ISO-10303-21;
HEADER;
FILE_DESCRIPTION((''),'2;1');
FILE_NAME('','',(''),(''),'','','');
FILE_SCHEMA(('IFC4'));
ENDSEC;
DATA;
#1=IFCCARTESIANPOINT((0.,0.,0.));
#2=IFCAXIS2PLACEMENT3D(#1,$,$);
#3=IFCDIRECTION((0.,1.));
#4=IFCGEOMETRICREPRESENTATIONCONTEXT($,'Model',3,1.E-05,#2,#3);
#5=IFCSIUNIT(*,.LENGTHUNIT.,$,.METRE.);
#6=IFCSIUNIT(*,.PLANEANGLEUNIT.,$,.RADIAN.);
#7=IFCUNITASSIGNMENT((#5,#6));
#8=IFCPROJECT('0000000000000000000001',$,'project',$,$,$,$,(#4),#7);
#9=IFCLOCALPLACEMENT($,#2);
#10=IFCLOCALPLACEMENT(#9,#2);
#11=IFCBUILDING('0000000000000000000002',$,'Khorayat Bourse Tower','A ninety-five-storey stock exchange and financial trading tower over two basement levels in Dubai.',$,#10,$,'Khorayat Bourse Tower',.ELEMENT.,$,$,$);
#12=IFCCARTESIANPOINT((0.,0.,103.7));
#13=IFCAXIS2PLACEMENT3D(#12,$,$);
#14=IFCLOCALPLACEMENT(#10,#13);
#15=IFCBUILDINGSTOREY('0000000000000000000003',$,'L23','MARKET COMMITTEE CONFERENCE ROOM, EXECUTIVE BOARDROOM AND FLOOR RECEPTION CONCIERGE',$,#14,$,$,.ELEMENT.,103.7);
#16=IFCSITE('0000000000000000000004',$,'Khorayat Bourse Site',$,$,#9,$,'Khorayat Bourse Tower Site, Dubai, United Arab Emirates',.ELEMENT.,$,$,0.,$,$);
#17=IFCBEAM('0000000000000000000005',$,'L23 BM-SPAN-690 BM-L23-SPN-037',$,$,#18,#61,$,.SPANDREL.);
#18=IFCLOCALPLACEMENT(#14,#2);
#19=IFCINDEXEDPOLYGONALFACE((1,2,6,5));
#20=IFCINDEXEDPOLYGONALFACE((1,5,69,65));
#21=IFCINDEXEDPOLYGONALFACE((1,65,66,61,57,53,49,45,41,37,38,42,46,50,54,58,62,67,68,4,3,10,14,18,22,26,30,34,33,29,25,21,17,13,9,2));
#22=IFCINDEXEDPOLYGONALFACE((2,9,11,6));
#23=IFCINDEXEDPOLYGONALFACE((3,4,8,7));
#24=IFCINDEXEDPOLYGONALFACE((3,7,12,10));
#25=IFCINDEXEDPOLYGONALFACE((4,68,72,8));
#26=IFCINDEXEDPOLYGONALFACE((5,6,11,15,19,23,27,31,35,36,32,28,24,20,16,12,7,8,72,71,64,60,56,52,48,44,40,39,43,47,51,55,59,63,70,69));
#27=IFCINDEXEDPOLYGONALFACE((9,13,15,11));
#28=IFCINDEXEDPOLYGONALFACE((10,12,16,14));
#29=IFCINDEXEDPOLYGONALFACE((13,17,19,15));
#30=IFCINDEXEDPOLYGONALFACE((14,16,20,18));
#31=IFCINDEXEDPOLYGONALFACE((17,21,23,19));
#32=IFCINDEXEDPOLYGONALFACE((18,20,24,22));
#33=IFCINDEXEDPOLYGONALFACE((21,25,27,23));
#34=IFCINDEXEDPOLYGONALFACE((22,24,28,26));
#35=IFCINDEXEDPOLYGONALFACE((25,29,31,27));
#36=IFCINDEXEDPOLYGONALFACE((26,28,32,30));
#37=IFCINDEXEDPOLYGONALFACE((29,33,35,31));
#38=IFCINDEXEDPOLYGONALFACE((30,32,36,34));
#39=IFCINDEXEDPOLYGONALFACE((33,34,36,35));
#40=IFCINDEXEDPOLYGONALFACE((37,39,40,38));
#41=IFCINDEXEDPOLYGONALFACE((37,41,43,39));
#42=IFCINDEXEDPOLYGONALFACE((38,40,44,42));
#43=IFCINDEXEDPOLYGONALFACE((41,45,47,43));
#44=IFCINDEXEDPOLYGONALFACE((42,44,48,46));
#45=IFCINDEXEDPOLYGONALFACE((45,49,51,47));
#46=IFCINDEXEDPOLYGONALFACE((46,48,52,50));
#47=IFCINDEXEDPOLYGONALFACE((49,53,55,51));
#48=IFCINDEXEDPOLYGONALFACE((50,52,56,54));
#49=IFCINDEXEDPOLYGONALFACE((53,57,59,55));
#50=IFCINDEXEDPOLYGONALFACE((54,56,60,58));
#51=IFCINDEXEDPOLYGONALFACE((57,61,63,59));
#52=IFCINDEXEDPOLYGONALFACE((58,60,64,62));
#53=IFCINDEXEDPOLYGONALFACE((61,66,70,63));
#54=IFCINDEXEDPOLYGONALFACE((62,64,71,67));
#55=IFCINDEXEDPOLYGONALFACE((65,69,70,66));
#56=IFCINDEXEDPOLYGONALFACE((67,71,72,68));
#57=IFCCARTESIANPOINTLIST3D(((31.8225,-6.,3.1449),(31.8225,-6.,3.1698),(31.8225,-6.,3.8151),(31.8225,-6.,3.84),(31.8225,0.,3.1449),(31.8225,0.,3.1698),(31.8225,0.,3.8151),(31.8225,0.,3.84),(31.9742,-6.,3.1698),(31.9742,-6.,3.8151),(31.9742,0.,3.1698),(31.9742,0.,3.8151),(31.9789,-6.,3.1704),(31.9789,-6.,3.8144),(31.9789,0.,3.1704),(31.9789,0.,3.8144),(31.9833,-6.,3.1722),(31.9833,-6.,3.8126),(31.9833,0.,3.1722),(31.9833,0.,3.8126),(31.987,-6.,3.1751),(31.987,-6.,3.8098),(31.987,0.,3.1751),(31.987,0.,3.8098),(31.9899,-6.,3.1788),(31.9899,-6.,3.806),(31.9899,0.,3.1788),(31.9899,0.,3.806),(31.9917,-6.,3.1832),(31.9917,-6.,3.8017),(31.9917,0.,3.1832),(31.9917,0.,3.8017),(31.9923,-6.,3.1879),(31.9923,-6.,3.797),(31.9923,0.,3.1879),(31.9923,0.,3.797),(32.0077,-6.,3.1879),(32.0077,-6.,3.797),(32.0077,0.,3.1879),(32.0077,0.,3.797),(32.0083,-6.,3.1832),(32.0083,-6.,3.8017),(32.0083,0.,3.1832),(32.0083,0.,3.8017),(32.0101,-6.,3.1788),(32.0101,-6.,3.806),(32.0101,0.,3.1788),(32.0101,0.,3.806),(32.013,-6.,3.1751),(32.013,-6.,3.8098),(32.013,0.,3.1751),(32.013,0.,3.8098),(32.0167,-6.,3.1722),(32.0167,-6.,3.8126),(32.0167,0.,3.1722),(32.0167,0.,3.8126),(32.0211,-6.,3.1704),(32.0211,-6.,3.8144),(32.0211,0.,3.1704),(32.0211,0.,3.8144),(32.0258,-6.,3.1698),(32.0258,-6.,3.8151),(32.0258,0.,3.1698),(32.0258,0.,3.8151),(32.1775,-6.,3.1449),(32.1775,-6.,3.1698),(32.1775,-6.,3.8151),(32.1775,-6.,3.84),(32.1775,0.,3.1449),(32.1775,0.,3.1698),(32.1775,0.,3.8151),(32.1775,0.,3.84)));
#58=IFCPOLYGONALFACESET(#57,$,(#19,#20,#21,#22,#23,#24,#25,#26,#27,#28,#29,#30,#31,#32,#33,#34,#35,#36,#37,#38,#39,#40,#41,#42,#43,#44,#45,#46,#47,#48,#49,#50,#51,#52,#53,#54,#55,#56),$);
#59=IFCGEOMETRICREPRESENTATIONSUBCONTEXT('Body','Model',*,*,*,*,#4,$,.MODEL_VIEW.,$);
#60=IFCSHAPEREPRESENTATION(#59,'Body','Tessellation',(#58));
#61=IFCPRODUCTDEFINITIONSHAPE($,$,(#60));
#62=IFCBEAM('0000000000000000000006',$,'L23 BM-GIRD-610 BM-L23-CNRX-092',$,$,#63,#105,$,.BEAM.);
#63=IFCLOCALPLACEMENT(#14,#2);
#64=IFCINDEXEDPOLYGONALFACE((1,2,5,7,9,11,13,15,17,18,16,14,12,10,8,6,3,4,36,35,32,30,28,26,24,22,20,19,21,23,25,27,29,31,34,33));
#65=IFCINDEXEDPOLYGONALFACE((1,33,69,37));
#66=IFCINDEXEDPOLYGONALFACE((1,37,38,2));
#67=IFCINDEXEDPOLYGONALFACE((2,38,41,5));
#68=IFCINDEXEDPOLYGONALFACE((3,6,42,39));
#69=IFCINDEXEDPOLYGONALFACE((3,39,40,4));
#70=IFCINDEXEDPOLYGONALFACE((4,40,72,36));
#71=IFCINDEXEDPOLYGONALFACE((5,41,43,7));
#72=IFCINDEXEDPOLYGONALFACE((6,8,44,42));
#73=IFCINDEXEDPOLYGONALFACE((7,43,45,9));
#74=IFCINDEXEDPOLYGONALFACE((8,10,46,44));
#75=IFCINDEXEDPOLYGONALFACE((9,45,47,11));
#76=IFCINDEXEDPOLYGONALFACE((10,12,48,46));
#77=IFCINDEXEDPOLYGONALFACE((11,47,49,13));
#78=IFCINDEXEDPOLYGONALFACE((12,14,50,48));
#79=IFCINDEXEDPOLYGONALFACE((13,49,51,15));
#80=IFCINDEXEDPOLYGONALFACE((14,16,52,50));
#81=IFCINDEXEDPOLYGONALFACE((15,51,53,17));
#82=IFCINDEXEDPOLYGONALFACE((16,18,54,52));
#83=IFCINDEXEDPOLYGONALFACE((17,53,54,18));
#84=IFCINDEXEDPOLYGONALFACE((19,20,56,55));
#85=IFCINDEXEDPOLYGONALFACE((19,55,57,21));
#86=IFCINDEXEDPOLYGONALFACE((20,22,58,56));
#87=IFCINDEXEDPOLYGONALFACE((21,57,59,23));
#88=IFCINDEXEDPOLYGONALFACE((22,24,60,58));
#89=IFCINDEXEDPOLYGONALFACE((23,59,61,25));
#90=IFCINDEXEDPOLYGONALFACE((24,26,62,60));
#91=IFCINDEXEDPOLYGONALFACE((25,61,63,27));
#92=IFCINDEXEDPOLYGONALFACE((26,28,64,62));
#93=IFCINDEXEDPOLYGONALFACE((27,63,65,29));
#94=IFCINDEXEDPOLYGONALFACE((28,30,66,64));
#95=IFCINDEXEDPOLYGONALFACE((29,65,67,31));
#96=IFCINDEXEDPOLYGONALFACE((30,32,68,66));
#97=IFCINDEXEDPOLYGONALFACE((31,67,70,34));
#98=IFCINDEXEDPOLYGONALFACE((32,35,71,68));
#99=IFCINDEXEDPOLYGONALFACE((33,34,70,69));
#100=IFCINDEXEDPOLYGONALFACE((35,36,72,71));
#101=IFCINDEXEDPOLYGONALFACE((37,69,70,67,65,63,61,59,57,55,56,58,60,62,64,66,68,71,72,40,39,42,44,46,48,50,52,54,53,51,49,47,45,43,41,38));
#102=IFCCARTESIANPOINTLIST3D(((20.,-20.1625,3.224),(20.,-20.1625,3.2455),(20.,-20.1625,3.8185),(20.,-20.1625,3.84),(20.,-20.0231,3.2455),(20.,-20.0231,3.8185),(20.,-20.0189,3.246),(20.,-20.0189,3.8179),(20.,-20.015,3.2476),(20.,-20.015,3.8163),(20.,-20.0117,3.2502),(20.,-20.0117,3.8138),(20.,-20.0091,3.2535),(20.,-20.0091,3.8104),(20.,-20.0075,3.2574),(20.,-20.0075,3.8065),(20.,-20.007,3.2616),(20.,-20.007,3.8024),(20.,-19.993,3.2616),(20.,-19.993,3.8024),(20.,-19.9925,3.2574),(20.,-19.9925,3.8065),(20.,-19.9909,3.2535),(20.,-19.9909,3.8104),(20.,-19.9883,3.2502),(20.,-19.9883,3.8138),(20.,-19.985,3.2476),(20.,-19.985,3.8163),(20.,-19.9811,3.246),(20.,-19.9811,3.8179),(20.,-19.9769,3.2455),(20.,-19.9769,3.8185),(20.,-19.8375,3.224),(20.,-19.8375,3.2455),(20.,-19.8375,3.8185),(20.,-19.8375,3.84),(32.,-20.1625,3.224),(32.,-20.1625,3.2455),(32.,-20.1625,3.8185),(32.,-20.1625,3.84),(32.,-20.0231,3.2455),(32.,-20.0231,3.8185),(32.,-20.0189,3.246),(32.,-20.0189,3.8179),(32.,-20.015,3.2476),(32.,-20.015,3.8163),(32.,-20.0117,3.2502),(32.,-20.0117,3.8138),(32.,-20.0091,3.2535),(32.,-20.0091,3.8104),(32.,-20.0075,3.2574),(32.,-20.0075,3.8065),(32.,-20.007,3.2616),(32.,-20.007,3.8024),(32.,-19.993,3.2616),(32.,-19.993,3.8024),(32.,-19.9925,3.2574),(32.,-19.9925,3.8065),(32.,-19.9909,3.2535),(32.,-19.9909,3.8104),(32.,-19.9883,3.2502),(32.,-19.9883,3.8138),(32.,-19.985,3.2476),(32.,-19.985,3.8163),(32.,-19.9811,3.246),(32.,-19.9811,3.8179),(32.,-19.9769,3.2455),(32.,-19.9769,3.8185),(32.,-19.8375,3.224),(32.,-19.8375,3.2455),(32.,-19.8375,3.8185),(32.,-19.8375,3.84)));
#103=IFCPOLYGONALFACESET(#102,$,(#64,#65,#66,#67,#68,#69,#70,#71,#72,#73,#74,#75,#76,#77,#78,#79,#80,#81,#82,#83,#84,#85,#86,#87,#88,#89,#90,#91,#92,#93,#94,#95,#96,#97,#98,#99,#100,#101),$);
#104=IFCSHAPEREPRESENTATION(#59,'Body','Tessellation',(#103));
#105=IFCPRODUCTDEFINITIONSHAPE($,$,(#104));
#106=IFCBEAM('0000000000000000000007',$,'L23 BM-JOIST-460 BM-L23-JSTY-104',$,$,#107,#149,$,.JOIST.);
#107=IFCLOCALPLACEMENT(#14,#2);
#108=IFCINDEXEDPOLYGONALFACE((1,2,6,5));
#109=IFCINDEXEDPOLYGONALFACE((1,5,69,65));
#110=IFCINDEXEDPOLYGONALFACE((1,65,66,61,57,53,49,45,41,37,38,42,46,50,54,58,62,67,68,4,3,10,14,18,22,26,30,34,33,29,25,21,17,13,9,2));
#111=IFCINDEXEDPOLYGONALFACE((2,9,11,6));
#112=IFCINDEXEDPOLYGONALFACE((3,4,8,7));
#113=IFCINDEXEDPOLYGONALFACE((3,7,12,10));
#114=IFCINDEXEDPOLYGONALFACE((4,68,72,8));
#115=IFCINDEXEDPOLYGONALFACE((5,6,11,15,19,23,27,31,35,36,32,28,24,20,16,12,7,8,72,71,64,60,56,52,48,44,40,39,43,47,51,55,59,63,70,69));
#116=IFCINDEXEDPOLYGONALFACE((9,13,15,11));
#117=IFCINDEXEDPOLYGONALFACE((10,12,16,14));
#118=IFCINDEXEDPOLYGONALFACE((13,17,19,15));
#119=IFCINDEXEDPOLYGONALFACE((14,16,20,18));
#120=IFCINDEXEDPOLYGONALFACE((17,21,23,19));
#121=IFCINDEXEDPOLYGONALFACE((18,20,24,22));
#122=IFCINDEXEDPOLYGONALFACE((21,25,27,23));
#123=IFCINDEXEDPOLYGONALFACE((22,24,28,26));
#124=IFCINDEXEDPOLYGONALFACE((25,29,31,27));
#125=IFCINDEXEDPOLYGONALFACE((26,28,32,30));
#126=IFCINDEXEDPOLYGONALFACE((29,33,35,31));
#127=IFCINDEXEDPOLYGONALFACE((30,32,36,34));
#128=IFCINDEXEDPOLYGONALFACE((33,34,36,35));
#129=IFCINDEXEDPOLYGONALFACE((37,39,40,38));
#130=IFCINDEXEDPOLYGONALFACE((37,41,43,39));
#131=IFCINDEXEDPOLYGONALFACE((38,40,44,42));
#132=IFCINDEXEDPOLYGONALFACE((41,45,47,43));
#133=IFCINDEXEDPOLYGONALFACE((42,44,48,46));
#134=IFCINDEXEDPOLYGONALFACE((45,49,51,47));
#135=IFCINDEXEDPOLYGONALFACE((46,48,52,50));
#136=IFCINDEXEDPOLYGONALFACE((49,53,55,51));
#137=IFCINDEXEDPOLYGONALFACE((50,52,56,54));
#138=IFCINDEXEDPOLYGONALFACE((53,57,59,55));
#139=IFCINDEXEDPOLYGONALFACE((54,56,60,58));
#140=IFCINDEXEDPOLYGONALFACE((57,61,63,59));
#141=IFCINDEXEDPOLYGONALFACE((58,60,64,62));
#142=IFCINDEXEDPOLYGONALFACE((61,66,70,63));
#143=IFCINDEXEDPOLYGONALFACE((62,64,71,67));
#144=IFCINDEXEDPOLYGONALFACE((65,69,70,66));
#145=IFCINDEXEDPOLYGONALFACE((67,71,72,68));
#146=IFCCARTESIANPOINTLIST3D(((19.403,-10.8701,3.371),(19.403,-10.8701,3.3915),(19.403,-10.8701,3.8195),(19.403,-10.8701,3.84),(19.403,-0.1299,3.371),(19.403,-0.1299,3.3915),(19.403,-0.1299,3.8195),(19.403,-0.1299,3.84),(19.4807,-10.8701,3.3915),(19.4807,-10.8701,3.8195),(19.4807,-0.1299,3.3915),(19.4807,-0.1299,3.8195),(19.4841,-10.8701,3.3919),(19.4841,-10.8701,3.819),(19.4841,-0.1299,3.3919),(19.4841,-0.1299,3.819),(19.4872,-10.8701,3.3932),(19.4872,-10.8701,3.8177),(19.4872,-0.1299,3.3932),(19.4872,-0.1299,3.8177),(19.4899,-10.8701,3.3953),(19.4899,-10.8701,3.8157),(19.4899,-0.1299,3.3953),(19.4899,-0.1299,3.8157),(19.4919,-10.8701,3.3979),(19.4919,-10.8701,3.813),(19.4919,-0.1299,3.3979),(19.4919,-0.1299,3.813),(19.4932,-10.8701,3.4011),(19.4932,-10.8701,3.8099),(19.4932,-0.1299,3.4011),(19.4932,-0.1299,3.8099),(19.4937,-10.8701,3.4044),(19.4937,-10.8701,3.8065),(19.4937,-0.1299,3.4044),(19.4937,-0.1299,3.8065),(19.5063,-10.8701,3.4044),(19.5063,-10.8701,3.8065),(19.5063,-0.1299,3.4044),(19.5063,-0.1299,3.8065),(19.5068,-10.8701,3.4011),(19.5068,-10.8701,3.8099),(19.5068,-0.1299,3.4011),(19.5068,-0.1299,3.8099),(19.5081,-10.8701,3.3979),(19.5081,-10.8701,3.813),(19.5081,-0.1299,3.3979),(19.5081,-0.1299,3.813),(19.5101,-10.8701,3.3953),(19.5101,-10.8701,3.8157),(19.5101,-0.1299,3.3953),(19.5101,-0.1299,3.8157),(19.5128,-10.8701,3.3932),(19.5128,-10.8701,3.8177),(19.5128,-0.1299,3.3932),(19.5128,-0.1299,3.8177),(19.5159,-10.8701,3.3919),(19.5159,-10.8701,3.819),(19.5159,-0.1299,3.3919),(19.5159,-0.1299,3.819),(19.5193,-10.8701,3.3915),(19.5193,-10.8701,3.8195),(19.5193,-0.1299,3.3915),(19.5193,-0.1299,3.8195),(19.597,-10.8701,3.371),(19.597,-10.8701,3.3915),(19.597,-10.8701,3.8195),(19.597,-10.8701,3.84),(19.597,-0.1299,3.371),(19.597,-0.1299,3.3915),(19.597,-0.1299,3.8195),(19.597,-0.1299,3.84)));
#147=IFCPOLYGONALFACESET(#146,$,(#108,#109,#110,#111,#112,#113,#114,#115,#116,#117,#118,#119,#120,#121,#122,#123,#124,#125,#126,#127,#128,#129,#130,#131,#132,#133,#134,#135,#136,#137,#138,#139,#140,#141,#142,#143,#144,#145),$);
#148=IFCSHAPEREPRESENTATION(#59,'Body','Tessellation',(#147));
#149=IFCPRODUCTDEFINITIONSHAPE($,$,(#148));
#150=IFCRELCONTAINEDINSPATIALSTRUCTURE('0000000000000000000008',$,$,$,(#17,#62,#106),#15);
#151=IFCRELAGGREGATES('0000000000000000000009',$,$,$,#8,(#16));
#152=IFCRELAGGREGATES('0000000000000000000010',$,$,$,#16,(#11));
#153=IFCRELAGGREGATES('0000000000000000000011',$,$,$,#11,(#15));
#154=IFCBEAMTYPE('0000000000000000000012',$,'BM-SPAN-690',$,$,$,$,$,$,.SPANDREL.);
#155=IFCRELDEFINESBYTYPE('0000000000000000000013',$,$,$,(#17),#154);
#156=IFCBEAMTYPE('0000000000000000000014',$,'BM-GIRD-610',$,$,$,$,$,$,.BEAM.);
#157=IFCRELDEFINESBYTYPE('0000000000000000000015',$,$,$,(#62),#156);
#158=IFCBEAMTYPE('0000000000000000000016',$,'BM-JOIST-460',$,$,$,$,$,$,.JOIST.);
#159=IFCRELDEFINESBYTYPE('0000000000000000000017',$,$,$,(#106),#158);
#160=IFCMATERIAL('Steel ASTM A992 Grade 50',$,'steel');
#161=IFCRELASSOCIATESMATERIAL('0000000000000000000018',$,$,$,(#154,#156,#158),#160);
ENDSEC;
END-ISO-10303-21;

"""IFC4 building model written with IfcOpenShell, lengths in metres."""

from ifc_helpers import new_model, si_unit, direction, frame, origin, origin_2d, place, context, subcontext, project, spatial, i_section, extrude, source, transform, mapped, material, material_profile, profile_set, type_object, element, save


model = new_model("IFC4")

# Units and contexts
model_context = context("Model", 3, precision=1e-05, world=origin(), true_north=direction((0.0, 1.0)))
body_context = subcontext(model_context, "Body", "Model", "MODEL_VIEW")
ifc_project = project(units=[si_unit("LENGTHUNIT", "METRE"), si_unit("PLANEANGLEUNIT", "RADIAN")], contexts=[model_context])

# Site, building, storey
site_placement = place(None, origin())
site = spatial("IfcSite", under=ifc_project, at=site_placement, Name="Khorayat Bourse Site", LongName="Khorayat Bourse Tower Site, Dubai, United Arab Emirates", CompositionType="ELEMENT", RefElevation=0.0)
building_placement = place(site_placement, origin())
building = spatial("IfcBuilding", under=site, at=building_placement, Name="Khorayat Bourse Tower", Description="A ninety-five-storey stock exchange and financial trading tower over two basement levels in Dubai.", LongName="Khorayat Bourse Tower", CompositionType="ELEMENT")
storey_placement = place(building_placement, frame((0.0, 0.0, 103.7)))
storey = spatial("IfcBuildingStorey", under=building, at=storey_placement, Name="L23", Description="MARKET COMMITTEE CONFERENCE ROOM, EXECUTIVE BOARDROOM AND FLOOR RECEPTION CONCIERGE", CompositionType="ELEMENT", Elevation=103.7)

# Beams
ifc_material_1 = material(Name="Steel ASTM A992 Grade 50", Category="steel")
ifc_material_profile_1 = material_profile(ifc_material_1, i_section(OverallWidth=0.355, OverallDepth=0.6951, WebThickness=0.0154, FlangeThickness=0.0249, FilletRadius=0.0181, at=origin_2d()), Name="W690X217")
ifc_profile_set_1 = profile_set([ifc_material_profile_1], Name="Steel ASTM A992 Grade 50")
beam_type_1 = type_object("IfcBeamType", Name="BM-SPAN-690", PredefinedType="SPANDREL", material=ifc_profile_set_1)
shared_shape_1 = source(origin(), body_context, "Body", "SweptSolid", [
    extrude(i_section(OverallWidth=0.355, OverallDepth=0.6951, WebThickness=0.0154, FlangeThickness=0.0249, FilletRadius=0.0181, at=origin_2d()), origin(), (0.0, 0.0, 1.0), 6.0),
])
beam_1_placement = place(storey_placement, frame((32.0, -6.0, 3.4924), z_axis=(0.0, 1.0, 0.0), x_axis=(-1.0, 0.0, 0.0)))
element("IfcBeam", 1, at=beam_1_placement, inside=storey, type_object=beam_type_1, Name="L23 BM-SPAN-690 BM-L23-SPN-037", PredefinedType="SPANDREL", context=body_context, shape_type="MappedRepresentation", body=[
    mapped(shared_shape_1, transform((0.0, 0.0, 0.0), scale=1.0)),
])
ifc_material_profile_2 = material_profile(ifc_material_1, i_section(OverallWidth=0.325, OverallDepth=0.616, WebThickness=0.0139, FlangeThickness=0.0215, FilletRadius=0.0161, at=origin_2d()), Name="W610X174")
ifc_profile_set_2 = profile_set([ifc_material_profile_2], Name="Steel ASTM A992 Grade 50")
beam_type_2 = type_object("IfcBeamType", Name="BM-GIRD-610", PredefinedType="BEAM", material=ifc_profile_set_2)
shared_shape_2 = source(origin(), body_context, "Body", "SweptSolid", [
    extrude(i_section(OverallWidth=0.325, OverallDepth=0.616, WebThickness=0.0139, FlangeThickness=0.0215, FilletRadius=0.0161, at=origin_2d()), origin(), (0.0, 0.0, 1.0), 12.0),
])
beam_2_placement = place(storey_placement, frame((20.0, -20.0, 3.532), z_axis=(1.0, 0.0, 0.0), x_axis=(0.0, 1.0, 0.0)))
element("IfcBeam", 2, at=beam_2_placement, inside=storey, type_object=beam_type_2, Name="L23 BM-GIRD-610 BM-L23-CNRX-092", PredefinedType="BEAM", context=body_context, shape_type="MappedRepresentation", body=[
    mapped(shared_shape_2, transform((0.0, 0.0, 0.0), scale=1.0)),
])
ifc_material_profile_3 = material_profile(ifc_material_1, i_section(OverallWidth=0.1941, OverallDepth=0.469, WebThickness=0.0127, FlangeThickness=0.0205, FilletRadius=0.0129, at=origin_2d()), Name="W460X106")
ifc_profile_set_3 = profile_set([ifc_material_profile_3], Name="Steel ASTM A992 Grade 50")
beam_type_3 = type_object("IfcBeamType", Name="BM-JOIST-460", PredefinedType="JOIST", material=ifc_profile_set_3)
shared_shape_3 = source(origin(), body_context, "Body", "SweptSolid", [
    extrude(i_section(OverallWidth=0.1941, OverallDepth=0.469, WebThickness=0.0127, FlangeThickness=0.0205, FilletRadius=0.0129, at=origin_2d()), origin(), (0.0, 0.0, 1.0), 10.7402),
])
beam_3_placement = place(storey_placement, frame((19.5, -10.8701, 3.6055), z_axis=(0.0, 1.0, 0.0), x_axis=(-1.0, 0.0, 0.0)))
element("IfcBeam", 3, at=beam_3_placement, inside=storey, type_object=beam_type_3, Name="L23 BM-JOIST-460 BM-L23-JSTY-104", PredefinedType="JOIST", context=body_context, shape_type="MappedRepresentation", body=[
    mapped(shared_shape_3, transform((0.0, 0.0, 0.0), scale=1.0)),
])

save(model, "model.ifc")
